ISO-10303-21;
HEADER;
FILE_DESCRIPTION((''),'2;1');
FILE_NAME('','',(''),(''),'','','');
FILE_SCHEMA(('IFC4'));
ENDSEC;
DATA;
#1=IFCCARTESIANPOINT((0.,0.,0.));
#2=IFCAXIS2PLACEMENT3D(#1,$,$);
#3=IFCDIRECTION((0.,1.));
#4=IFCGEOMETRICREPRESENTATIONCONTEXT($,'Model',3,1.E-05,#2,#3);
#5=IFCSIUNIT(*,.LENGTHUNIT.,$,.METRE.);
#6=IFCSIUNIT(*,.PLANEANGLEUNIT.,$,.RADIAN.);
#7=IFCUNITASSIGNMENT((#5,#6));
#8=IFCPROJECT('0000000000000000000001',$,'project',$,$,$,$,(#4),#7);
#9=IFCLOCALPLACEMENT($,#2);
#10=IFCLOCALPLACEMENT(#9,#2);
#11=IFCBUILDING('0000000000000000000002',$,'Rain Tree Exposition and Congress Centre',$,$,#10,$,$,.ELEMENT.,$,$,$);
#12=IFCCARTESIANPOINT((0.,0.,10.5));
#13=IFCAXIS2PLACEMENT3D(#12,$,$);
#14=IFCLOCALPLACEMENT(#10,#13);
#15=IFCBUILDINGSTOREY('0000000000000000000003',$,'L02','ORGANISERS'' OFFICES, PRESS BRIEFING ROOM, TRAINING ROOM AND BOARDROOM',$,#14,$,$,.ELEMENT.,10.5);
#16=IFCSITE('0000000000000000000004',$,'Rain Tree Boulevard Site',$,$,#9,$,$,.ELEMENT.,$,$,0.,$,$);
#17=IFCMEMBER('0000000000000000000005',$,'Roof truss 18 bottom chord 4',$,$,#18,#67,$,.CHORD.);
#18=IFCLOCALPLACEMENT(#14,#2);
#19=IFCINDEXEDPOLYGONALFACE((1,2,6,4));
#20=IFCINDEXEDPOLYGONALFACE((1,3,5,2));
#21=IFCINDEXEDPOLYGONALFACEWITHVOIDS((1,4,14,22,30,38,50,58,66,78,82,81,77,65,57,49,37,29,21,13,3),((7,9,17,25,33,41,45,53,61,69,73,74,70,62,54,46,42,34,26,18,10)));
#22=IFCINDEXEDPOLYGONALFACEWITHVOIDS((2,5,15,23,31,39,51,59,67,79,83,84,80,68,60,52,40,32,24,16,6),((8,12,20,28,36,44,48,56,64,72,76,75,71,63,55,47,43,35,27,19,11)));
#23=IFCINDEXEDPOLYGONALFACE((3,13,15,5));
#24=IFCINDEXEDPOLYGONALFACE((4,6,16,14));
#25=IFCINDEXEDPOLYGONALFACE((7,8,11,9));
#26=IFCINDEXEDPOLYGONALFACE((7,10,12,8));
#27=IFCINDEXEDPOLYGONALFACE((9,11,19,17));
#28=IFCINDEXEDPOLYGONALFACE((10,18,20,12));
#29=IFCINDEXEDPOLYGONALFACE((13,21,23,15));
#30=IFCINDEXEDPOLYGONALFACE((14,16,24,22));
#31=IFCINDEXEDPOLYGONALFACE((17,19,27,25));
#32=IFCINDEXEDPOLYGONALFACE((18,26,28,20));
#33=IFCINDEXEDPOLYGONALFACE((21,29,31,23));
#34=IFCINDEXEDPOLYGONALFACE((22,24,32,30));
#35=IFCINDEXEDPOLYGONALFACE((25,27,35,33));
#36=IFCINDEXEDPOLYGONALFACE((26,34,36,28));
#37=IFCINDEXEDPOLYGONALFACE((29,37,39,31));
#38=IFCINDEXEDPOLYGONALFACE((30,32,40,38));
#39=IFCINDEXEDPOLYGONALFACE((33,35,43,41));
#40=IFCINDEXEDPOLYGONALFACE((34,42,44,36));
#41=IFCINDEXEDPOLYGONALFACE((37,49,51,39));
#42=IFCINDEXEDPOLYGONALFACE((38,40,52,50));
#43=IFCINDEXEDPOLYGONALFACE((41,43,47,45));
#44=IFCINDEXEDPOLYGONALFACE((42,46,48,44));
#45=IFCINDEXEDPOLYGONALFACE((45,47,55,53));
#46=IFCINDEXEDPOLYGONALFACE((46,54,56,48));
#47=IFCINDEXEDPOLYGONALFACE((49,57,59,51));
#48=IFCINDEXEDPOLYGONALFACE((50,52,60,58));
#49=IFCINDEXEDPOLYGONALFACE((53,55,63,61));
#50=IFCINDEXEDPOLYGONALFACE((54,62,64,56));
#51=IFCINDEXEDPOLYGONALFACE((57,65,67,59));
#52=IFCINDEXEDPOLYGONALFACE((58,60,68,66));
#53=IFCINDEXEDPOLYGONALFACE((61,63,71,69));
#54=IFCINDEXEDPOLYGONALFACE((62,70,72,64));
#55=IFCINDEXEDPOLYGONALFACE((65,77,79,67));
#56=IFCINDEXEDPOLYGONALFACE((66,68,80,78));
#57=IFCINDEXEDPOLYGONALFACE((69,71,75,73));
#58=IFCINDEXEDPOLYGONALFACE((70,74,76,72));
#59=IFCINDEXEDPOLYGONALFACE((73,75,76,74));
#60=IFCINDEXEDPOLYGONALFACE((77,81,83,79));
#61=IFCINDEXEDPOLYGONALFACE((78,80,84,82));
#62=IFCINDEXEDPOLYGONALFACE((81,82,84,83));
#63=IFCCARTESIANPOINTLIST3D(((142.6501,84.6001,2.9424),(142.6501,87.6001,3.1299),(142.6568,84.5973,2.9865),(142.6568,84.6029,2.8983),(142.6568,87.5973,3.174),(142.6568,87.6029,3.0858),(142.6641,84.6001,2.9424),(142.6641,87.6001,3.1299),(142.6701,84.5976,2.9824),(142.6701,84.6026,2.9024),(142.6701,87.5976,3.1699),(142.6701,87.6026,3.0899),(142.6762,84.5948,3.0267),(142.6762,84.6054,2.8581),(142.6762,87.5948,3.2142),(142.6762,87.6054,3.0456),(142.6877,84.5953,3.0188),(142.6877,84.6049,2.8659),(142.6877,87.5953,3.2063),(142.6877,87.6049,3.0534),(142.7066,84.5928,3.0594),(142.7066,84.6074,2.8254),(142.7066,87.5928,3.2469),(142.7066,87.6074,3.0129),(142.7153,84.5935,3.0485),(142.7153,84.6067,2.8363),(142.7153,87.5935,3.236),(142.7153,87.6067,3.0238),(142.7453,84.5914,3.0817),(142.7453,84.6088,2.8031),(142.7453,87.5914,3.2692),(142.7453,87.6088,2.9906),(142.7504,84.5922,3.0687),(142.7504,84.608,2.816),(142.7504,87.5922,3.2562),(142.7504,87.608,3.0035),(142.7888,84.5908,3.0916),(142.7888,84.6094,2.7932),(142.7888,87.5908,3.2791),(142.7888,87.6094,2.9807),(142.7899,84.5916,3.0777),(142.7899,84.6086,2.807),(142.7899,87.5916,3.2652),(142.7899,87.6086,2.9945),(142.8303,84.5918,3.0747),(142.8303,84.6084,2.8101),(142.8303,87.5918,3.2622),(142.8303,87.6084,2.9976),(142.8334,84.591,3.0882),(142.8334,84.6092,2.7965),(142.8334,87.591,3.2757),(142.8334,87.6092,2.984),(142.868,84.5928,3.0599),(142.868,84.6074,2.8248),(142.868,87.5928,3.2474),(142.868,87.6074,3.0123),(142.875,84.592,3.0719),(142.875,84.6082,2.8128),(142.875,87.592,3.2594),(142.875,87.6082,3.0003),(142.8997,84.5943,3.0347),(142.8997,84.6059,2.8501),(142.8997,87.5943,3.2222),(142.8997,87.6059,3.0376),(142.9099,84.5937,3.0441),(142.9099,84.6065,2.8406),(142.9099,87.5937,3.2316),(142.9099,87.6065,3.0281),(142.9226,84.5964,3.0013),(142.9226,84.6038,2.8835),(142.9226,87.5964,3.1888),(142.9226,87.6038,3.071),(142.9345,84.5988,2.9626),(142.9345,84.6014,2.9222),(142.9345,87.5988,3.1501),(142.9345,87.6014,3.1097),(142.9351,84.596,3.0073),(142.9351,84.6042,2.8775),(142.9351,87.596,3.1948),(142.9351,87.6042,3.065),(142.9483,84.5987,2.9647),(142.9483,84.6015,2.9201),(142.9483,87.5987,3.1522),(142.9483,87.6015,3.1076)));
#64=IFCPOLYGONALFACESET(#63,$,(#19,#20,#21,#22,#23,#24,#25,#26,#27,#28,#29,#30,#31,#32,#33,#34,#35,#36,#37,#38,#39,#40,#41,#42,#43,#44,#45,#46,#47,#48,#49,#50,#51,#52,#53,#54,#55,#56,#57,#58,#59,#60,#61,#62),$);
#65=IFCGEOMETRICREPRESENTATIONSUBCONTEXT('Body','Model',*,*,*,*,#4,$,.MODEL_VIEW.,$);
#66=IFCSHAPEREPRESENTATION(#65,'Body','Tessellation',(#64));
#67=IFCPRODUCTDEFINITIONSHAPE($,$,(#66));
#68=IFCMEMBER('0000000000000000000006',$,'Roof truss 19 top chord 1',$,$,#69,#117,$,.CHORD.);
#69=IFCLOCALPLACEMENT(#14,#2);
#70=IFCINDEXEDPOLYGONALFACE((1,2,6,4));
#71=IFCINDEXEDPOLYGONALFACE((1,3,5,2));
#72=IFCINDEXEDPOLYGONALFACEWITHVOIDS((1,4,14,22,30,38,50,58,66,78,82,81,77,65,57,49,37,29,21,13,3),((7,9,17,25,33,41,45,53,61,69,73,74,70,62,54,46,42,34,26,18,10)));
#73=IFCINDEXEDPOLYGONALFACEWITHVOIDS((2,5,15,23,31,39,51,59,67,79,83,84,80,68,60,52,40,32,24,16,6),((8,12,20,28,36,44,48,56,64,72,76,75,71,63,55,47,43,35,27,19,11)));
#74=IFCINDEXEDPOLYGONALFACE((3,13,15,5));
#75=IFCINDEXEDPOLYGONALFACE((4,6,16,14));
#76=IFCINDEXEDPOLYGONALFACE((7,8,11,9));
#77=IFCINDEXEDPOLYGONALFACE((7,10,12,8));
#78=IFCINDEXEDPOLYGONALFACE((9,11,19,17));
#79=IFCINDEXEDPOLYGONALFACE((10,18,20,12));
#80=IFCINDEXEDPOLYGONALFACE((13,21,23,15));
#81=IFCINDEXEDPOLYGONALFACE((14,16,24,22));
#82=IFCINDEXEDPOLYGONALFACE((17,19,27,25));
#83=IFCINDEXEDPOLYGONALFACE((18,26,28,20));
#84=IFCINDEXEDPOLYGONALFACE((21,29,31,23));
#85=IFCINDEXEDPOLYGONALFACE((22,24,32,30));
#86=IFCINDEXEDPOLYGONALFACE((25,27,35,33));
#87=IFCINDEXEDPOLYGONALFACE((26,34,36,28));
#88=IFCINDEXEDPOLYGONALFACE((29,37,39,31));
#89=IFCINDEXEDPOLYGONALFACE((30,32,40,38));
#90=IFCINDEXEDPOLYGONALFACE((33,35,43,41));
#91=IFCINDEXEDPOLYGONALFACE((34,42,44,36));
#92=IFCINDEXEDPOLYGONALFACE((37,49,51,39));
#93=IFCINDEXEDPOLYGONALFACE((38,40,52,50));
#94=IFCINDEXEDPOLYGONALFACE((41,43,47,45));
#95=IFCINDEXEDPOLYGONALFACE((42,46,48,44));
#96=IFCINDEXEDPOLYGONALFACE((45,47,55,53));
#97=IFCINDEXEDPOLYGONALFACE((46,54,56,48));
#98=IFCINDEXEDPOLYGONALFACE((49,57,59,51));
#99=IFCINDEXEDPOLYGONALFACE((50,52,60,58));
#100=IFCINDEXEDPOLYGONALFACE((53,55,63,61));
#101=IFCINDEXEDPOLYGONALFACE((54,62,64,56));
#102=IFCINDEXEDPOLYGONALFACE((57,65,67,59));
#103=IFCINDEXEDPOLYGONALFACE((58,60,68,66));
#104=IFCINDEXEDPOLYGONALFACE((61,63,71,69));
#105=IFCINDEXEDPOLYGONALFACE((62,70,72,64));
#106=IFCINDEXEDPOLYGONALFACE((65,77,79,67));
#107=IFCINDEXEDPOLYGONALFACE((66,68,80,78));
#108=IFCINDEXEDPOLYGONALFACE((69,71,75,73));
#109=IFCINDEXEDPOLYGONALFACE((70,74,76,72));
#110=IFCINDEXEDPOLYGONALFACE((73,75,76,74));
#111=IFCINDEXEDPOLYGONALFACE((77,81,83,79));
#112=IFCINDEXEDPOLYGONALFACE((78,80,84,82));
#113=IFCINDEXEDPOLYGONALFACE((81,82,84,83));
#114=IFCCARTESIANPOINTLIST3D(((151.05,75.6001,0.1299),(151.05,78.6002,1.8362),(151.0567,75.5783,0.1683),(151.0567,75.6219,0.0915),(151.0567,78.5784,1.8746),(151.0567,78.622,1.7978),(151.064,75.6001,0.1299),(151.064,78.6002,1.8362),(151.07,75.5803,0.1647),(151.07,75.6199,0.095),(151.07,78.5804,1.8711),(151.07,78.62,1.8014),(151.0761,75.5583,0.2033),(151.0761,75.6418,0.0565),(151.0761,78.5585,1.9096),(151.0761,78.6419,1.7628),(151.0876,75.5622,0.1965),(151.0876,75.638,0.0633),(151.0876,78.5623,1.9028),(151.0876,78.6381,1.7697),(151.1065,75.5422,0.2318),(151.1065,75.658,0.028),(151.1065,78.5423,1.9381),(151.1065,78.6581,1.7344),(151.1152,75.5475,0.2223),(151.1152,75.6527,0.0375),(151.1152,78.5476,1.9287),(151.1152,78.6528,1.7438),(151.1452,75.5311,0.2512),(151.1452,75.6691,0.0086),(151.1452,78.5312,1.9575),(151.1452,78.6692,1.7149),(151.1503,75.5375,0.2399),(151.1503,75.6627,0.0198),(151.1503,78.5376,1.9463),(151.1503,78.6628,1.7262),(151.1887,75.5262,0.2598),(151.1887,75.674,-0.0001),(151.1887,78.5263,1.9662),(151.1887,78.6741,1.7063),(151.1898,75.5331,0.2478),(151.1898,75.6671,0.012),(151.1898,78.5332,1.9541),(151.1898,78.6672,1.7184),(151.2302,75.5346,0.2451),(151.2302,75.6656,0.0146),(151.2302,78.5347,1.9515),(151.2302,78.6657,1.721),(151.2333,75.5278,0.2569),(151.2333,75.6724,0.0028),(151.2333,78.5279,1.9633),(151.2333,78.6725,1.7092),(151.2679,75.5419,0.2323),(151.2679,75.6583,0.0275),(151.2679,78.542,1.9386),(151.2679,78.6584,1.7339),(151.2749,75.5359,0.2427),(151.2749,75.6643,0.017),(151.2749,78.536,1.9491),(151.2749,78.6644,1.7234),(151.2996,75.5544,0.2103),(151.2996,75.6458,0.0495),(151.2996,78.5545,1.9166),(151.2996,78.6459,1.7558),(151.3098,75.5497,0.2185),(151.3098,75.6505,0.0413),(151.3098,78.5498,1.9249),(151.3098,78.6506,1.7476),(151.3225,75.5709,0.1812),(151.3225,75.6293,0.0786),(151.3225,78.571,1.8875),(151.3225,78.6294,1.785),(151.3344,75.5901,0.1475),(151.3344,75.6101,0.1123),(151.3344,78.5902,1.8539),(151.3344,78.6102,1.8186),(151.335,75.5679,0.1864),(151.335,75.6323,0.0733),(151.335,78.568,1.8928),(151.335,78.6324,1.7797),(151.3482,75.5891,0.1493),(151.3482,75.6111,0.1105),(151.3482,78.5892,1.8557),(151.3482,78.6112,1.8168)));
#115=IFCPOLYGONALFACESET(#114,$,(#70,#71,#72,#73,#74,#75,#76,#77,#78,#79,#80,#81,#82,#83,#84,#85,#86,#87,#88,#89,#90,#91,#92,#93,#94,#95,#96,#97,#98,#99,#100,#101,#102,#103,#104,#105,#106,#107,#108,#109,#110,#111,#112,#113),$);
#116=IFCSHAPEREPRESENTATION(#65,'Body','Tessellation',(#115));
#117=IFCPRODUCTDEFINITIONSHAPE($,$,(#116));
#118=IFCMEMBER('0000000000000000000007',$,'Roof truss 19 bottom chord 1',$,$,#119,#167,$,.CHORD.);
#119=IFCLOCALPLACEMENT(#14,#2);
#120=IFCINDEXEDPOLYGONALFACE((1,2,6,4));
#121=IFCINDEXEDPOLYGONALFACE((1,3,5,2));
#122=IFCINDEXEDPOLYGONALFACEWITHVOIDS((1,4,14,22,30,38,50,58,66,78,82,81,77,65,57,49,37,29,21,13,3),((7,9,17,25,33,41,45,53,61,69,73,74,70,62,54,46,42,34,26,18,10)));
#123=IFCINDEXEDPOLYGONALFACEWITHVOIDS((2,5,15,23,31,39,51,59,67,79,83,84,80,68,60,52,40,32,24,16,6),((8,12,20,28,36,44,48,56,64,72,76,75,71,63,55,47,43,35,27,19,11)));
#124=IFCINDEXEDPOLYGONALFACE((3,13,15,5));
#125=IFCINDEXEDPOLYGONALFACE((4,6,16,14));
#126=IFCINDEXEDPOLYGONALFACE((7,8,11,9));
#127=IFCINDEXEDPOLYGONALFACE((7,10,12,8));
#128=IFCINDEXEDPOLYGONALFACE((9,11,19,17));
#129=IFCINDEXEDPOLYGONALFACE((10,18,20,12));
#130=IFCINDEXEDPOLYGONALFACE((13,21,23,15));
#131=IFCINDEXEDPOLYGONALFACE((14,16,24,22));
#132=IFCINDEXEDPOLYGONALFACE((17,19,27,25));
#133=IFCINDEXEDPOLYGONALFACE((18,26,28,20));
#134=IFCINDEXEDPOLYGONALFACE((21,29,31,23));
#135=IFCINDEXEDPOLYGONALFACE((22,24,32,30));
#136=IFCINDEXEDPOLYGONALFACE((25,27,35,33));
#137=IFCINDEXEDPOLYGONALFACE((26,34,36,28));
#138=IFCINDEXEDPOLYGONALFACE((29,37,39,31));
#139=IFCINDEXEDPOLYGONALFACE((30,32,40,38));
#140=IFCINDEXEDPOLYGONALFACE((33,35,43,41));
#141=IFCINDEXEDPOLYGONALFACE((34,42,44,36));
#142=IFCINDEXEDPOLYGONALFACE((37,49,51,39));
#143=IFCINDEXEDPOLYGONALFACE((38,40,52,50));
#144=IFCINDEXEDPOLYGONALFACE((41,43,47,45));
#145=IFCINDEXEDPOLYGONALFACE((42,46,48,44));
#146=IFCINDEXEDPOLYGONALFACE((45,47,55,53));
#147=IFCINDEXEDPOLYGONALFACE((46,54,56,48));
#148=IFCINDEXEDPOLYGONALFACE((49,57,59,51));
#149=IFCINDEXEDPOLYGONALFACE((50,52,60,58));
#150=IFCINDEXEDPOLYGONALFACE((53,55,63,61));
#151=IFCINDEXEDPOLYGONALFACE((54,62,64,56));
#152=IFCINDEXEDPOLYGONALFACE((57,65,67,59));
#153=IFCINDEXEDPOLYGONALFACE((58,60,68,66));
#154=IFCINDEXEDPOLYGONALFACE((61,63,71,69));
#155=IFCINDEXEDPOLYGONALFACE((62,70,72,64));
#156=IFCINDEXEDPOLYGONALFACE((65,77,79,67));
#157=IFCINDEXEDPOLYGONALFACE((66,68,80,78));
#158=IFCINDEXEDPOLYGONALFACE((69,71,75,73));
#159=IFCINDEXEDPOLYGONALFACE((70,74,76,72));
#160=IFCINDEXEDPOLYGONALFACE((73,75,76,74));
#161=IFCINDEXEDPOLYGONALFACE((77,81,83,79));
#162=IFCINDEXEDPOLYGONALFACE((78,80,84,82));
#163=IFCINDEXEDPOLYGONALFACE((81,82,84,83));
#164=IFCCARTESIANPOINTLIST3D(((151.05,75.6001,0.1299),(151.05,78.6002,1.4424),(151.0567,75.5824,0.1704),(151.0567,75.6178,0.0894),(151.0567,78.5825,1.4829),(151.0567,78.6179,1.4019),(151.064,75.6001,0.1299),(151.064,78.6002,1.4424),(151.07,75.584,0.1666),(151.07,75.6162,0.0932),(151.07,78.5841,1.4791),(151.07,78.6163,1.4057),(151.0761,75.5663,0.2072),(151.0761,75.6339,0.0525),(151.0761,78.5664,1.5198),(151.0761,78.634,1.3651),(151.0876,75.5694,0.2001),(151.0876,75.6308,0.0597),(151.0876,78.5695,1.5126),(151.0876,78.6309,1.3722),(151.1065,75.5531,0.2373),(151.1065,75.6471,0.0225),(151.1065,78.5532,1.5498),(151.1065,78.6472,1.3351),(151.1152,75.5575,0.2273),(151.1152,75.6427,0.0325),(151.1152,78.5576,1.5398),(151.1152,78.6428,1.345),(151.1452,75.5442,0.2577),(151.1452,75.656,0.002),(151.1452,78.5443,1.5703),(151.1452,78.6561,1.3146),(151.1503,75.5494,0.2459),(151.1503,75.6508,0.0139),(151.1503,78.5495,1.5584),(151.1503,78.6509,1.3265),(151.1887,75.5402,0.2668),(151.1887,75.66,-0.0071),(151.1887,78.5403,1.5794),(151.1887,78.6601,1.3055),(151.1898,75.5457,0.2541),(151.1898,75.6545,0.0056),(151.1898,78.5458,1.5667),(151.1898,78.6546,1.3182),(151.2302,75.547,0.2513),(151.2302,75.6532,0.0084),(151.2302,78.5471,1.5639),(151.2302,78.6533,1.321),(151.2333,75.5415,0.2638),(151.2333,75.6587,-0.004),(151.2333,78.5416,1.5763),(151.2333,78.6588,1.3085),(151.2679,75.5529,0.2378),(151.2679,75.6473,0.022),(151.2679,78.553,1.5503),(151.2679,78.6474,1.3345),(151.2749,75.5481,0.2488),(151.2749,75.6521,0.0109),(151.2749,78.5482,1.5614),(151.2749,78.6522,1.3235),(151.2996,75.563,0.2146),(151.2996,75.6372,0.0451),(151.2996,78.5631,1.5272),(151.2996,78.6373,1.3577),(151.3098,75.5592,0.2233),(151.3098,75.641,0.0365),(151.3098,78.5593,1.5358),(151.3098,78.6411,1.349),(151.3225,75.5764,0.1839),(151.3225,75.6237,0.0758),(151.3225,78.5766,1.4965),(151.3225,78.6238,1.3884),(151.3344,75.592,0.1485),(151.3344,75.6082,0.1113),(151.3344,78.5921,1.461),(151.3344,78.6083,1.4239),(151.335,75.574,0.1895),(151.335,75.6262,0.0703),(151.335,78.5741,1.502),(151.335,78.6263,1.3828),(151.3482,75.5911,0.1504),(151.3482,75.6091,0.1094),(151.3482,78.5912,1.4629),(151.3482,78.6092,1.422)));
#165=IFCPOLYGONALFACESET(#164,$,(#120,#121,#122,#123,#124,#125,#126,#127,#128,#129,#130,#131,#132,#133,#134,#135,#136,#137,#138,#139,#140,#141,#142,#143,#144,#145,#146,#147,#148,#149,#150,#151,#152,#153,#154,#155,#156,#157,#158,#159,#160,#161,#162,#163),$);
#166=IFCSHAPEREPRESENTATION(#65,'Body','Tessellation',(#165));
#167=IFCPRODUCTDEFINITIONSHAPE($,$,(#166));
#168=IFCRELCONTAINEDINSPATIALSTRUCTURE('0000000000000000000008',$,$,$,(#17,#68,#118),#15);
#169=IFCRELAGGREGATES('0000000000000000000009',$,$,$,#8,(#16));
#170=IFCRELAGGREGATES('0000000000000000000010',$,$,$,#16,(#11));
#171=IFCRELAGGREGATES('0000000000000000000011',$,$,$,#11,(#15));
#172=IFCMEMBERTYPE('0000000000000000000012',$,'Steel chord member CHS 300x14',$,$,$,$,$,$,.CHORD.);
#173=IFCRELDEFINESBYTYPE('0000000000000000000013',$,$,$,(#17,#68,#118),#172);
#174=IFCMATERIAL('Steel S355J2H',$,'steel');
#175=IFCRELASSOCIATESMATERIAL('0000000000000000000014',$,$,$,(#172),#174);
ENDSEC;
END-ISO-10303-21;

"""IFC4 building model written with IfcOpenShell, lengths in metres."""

from ifc_helpers import new_model, si_unit, direction, frame, origin, origin_2d, place, context, subcontext, project, spatial, hollow_circle, extrude, material, material_profile, profile_set, type_object, element, save


model = new_model("IFC4")

# Units and contexts
model_context = context("Model", 3, precision=1e-05, world=origin(), true_north=direction((0.0, 1.0)))
body_context = subcontext(model_context, "Body", "Model", "MODEL_VIEW")
ifc_project = project(units=[si_unit("LENGTHUNIT", "METRE"), si_unit("PLANEANGLEUNIT", "RADIAN")], contexts=[model_context])

# Site, building, storey
site_placement = place(None, origin())
site = spatial("IfcSite", under=ifc_project, at=site_placement, Name="Rain Tree Boulevard Site", CompositionType="ELEMENT", RefElevation=0.0)
building_placement = place(site_placement, origin())
building = spatial("IfcBuilding", under=site, at=building_placement, Name="Rain Tree Exposition and Congress Centre", CompositionType="ELEMENT")
storey_placement = place(building_placement, frame((0.0, 0.0, 10.5)))
storey = spatial("IfcBuildingStorey", under=building, at=storey_placement, Name="L02", Description="ORGANISERS' OFFICES, PRESS BRIEFING ROOM, TRAINING ROOM AND BOARDROOM", CompositionType="ELEMENT", Elevation=10.5)

# Members
ifc_material_1 = material(Name="Steel S355J2H", Category="steel")
ifc_material_profile_1 = material_profile(ifc_material_1, hollow_circle(Radius=0.1499, WallThickness=0.0139, at=origin_2d()), Name="CHS 300x14")
ifc_profile_set_1 = profile_set([ifc_material_profile_1], Name="Steel S355J2H")
member_type_1 = type_object("IfcMemberType", Name="Steel chord member CHS 300x14", PredefinedType="CHORD", material=ifc_profile_set_1)
member_1_placement = place(storey_placement, frame((142.8, 84.6001, 2.9424), z_axis=(0.0, 0.998053, 0.062378), x_axis=(-1.0, 0.0, 0.0)))
element("IfcMember", 1, at=member_1_placement, inside=storey, type_object=member_type_1, Name="Roof truss 18 bottom chord 4", PredefinedType="CHORD", context=body_context, shape_type="SweptSolid", body=[
    extrude(hollow_circle(Radius=0.1499, WallThickness=0.0139, at=origin_2d()), origin(), (0.0, 0.0, 1.0), 3.0059),
])
member_2_placement = place(storey_placement, frame((151.2, 75.6001, 0.1299), z_axis=(0.0, 0.869238, 0.494393), x_axis=(-1.0, 0.0, 0.0)))
element("IfcMember", 2, at=member_2_placement, inside=storey, type_object=member_type_1, Name="Roof truss 19 top chord 1", PredefinedType="CHORD", context=body_context, shape_type="SweptSolid", body=[
    extrude(hollow_circle(Radius=0.1499, WallThickness=0.0139, at=origin_2d()), origin(), (0.0, 0.0, 1.0), 3.4514),
])
member_3_placement = place(storey_placement, frame((151.2, 75.6001, 0.1299), z_axis=(0.0, 0.916157, 0.400819), x_axis=(-1.0, 0.0, 0.0)))
element("IfcMember", 3, at=member_3_placement, inside=storey, type_object=member_type_1, Name="Roof truss 19 bottom chord 1", PredefinedType="CHORD", context=body_context, shape_type="SweptSolid", body=[
    extrude(hollow_circle(Radius=0.1499, WallThickness=0.0139, at=origin_2d()), origin(), (0.0, 0.0, 1.0), 3.2747),
])

save(model, "model.ifc")
